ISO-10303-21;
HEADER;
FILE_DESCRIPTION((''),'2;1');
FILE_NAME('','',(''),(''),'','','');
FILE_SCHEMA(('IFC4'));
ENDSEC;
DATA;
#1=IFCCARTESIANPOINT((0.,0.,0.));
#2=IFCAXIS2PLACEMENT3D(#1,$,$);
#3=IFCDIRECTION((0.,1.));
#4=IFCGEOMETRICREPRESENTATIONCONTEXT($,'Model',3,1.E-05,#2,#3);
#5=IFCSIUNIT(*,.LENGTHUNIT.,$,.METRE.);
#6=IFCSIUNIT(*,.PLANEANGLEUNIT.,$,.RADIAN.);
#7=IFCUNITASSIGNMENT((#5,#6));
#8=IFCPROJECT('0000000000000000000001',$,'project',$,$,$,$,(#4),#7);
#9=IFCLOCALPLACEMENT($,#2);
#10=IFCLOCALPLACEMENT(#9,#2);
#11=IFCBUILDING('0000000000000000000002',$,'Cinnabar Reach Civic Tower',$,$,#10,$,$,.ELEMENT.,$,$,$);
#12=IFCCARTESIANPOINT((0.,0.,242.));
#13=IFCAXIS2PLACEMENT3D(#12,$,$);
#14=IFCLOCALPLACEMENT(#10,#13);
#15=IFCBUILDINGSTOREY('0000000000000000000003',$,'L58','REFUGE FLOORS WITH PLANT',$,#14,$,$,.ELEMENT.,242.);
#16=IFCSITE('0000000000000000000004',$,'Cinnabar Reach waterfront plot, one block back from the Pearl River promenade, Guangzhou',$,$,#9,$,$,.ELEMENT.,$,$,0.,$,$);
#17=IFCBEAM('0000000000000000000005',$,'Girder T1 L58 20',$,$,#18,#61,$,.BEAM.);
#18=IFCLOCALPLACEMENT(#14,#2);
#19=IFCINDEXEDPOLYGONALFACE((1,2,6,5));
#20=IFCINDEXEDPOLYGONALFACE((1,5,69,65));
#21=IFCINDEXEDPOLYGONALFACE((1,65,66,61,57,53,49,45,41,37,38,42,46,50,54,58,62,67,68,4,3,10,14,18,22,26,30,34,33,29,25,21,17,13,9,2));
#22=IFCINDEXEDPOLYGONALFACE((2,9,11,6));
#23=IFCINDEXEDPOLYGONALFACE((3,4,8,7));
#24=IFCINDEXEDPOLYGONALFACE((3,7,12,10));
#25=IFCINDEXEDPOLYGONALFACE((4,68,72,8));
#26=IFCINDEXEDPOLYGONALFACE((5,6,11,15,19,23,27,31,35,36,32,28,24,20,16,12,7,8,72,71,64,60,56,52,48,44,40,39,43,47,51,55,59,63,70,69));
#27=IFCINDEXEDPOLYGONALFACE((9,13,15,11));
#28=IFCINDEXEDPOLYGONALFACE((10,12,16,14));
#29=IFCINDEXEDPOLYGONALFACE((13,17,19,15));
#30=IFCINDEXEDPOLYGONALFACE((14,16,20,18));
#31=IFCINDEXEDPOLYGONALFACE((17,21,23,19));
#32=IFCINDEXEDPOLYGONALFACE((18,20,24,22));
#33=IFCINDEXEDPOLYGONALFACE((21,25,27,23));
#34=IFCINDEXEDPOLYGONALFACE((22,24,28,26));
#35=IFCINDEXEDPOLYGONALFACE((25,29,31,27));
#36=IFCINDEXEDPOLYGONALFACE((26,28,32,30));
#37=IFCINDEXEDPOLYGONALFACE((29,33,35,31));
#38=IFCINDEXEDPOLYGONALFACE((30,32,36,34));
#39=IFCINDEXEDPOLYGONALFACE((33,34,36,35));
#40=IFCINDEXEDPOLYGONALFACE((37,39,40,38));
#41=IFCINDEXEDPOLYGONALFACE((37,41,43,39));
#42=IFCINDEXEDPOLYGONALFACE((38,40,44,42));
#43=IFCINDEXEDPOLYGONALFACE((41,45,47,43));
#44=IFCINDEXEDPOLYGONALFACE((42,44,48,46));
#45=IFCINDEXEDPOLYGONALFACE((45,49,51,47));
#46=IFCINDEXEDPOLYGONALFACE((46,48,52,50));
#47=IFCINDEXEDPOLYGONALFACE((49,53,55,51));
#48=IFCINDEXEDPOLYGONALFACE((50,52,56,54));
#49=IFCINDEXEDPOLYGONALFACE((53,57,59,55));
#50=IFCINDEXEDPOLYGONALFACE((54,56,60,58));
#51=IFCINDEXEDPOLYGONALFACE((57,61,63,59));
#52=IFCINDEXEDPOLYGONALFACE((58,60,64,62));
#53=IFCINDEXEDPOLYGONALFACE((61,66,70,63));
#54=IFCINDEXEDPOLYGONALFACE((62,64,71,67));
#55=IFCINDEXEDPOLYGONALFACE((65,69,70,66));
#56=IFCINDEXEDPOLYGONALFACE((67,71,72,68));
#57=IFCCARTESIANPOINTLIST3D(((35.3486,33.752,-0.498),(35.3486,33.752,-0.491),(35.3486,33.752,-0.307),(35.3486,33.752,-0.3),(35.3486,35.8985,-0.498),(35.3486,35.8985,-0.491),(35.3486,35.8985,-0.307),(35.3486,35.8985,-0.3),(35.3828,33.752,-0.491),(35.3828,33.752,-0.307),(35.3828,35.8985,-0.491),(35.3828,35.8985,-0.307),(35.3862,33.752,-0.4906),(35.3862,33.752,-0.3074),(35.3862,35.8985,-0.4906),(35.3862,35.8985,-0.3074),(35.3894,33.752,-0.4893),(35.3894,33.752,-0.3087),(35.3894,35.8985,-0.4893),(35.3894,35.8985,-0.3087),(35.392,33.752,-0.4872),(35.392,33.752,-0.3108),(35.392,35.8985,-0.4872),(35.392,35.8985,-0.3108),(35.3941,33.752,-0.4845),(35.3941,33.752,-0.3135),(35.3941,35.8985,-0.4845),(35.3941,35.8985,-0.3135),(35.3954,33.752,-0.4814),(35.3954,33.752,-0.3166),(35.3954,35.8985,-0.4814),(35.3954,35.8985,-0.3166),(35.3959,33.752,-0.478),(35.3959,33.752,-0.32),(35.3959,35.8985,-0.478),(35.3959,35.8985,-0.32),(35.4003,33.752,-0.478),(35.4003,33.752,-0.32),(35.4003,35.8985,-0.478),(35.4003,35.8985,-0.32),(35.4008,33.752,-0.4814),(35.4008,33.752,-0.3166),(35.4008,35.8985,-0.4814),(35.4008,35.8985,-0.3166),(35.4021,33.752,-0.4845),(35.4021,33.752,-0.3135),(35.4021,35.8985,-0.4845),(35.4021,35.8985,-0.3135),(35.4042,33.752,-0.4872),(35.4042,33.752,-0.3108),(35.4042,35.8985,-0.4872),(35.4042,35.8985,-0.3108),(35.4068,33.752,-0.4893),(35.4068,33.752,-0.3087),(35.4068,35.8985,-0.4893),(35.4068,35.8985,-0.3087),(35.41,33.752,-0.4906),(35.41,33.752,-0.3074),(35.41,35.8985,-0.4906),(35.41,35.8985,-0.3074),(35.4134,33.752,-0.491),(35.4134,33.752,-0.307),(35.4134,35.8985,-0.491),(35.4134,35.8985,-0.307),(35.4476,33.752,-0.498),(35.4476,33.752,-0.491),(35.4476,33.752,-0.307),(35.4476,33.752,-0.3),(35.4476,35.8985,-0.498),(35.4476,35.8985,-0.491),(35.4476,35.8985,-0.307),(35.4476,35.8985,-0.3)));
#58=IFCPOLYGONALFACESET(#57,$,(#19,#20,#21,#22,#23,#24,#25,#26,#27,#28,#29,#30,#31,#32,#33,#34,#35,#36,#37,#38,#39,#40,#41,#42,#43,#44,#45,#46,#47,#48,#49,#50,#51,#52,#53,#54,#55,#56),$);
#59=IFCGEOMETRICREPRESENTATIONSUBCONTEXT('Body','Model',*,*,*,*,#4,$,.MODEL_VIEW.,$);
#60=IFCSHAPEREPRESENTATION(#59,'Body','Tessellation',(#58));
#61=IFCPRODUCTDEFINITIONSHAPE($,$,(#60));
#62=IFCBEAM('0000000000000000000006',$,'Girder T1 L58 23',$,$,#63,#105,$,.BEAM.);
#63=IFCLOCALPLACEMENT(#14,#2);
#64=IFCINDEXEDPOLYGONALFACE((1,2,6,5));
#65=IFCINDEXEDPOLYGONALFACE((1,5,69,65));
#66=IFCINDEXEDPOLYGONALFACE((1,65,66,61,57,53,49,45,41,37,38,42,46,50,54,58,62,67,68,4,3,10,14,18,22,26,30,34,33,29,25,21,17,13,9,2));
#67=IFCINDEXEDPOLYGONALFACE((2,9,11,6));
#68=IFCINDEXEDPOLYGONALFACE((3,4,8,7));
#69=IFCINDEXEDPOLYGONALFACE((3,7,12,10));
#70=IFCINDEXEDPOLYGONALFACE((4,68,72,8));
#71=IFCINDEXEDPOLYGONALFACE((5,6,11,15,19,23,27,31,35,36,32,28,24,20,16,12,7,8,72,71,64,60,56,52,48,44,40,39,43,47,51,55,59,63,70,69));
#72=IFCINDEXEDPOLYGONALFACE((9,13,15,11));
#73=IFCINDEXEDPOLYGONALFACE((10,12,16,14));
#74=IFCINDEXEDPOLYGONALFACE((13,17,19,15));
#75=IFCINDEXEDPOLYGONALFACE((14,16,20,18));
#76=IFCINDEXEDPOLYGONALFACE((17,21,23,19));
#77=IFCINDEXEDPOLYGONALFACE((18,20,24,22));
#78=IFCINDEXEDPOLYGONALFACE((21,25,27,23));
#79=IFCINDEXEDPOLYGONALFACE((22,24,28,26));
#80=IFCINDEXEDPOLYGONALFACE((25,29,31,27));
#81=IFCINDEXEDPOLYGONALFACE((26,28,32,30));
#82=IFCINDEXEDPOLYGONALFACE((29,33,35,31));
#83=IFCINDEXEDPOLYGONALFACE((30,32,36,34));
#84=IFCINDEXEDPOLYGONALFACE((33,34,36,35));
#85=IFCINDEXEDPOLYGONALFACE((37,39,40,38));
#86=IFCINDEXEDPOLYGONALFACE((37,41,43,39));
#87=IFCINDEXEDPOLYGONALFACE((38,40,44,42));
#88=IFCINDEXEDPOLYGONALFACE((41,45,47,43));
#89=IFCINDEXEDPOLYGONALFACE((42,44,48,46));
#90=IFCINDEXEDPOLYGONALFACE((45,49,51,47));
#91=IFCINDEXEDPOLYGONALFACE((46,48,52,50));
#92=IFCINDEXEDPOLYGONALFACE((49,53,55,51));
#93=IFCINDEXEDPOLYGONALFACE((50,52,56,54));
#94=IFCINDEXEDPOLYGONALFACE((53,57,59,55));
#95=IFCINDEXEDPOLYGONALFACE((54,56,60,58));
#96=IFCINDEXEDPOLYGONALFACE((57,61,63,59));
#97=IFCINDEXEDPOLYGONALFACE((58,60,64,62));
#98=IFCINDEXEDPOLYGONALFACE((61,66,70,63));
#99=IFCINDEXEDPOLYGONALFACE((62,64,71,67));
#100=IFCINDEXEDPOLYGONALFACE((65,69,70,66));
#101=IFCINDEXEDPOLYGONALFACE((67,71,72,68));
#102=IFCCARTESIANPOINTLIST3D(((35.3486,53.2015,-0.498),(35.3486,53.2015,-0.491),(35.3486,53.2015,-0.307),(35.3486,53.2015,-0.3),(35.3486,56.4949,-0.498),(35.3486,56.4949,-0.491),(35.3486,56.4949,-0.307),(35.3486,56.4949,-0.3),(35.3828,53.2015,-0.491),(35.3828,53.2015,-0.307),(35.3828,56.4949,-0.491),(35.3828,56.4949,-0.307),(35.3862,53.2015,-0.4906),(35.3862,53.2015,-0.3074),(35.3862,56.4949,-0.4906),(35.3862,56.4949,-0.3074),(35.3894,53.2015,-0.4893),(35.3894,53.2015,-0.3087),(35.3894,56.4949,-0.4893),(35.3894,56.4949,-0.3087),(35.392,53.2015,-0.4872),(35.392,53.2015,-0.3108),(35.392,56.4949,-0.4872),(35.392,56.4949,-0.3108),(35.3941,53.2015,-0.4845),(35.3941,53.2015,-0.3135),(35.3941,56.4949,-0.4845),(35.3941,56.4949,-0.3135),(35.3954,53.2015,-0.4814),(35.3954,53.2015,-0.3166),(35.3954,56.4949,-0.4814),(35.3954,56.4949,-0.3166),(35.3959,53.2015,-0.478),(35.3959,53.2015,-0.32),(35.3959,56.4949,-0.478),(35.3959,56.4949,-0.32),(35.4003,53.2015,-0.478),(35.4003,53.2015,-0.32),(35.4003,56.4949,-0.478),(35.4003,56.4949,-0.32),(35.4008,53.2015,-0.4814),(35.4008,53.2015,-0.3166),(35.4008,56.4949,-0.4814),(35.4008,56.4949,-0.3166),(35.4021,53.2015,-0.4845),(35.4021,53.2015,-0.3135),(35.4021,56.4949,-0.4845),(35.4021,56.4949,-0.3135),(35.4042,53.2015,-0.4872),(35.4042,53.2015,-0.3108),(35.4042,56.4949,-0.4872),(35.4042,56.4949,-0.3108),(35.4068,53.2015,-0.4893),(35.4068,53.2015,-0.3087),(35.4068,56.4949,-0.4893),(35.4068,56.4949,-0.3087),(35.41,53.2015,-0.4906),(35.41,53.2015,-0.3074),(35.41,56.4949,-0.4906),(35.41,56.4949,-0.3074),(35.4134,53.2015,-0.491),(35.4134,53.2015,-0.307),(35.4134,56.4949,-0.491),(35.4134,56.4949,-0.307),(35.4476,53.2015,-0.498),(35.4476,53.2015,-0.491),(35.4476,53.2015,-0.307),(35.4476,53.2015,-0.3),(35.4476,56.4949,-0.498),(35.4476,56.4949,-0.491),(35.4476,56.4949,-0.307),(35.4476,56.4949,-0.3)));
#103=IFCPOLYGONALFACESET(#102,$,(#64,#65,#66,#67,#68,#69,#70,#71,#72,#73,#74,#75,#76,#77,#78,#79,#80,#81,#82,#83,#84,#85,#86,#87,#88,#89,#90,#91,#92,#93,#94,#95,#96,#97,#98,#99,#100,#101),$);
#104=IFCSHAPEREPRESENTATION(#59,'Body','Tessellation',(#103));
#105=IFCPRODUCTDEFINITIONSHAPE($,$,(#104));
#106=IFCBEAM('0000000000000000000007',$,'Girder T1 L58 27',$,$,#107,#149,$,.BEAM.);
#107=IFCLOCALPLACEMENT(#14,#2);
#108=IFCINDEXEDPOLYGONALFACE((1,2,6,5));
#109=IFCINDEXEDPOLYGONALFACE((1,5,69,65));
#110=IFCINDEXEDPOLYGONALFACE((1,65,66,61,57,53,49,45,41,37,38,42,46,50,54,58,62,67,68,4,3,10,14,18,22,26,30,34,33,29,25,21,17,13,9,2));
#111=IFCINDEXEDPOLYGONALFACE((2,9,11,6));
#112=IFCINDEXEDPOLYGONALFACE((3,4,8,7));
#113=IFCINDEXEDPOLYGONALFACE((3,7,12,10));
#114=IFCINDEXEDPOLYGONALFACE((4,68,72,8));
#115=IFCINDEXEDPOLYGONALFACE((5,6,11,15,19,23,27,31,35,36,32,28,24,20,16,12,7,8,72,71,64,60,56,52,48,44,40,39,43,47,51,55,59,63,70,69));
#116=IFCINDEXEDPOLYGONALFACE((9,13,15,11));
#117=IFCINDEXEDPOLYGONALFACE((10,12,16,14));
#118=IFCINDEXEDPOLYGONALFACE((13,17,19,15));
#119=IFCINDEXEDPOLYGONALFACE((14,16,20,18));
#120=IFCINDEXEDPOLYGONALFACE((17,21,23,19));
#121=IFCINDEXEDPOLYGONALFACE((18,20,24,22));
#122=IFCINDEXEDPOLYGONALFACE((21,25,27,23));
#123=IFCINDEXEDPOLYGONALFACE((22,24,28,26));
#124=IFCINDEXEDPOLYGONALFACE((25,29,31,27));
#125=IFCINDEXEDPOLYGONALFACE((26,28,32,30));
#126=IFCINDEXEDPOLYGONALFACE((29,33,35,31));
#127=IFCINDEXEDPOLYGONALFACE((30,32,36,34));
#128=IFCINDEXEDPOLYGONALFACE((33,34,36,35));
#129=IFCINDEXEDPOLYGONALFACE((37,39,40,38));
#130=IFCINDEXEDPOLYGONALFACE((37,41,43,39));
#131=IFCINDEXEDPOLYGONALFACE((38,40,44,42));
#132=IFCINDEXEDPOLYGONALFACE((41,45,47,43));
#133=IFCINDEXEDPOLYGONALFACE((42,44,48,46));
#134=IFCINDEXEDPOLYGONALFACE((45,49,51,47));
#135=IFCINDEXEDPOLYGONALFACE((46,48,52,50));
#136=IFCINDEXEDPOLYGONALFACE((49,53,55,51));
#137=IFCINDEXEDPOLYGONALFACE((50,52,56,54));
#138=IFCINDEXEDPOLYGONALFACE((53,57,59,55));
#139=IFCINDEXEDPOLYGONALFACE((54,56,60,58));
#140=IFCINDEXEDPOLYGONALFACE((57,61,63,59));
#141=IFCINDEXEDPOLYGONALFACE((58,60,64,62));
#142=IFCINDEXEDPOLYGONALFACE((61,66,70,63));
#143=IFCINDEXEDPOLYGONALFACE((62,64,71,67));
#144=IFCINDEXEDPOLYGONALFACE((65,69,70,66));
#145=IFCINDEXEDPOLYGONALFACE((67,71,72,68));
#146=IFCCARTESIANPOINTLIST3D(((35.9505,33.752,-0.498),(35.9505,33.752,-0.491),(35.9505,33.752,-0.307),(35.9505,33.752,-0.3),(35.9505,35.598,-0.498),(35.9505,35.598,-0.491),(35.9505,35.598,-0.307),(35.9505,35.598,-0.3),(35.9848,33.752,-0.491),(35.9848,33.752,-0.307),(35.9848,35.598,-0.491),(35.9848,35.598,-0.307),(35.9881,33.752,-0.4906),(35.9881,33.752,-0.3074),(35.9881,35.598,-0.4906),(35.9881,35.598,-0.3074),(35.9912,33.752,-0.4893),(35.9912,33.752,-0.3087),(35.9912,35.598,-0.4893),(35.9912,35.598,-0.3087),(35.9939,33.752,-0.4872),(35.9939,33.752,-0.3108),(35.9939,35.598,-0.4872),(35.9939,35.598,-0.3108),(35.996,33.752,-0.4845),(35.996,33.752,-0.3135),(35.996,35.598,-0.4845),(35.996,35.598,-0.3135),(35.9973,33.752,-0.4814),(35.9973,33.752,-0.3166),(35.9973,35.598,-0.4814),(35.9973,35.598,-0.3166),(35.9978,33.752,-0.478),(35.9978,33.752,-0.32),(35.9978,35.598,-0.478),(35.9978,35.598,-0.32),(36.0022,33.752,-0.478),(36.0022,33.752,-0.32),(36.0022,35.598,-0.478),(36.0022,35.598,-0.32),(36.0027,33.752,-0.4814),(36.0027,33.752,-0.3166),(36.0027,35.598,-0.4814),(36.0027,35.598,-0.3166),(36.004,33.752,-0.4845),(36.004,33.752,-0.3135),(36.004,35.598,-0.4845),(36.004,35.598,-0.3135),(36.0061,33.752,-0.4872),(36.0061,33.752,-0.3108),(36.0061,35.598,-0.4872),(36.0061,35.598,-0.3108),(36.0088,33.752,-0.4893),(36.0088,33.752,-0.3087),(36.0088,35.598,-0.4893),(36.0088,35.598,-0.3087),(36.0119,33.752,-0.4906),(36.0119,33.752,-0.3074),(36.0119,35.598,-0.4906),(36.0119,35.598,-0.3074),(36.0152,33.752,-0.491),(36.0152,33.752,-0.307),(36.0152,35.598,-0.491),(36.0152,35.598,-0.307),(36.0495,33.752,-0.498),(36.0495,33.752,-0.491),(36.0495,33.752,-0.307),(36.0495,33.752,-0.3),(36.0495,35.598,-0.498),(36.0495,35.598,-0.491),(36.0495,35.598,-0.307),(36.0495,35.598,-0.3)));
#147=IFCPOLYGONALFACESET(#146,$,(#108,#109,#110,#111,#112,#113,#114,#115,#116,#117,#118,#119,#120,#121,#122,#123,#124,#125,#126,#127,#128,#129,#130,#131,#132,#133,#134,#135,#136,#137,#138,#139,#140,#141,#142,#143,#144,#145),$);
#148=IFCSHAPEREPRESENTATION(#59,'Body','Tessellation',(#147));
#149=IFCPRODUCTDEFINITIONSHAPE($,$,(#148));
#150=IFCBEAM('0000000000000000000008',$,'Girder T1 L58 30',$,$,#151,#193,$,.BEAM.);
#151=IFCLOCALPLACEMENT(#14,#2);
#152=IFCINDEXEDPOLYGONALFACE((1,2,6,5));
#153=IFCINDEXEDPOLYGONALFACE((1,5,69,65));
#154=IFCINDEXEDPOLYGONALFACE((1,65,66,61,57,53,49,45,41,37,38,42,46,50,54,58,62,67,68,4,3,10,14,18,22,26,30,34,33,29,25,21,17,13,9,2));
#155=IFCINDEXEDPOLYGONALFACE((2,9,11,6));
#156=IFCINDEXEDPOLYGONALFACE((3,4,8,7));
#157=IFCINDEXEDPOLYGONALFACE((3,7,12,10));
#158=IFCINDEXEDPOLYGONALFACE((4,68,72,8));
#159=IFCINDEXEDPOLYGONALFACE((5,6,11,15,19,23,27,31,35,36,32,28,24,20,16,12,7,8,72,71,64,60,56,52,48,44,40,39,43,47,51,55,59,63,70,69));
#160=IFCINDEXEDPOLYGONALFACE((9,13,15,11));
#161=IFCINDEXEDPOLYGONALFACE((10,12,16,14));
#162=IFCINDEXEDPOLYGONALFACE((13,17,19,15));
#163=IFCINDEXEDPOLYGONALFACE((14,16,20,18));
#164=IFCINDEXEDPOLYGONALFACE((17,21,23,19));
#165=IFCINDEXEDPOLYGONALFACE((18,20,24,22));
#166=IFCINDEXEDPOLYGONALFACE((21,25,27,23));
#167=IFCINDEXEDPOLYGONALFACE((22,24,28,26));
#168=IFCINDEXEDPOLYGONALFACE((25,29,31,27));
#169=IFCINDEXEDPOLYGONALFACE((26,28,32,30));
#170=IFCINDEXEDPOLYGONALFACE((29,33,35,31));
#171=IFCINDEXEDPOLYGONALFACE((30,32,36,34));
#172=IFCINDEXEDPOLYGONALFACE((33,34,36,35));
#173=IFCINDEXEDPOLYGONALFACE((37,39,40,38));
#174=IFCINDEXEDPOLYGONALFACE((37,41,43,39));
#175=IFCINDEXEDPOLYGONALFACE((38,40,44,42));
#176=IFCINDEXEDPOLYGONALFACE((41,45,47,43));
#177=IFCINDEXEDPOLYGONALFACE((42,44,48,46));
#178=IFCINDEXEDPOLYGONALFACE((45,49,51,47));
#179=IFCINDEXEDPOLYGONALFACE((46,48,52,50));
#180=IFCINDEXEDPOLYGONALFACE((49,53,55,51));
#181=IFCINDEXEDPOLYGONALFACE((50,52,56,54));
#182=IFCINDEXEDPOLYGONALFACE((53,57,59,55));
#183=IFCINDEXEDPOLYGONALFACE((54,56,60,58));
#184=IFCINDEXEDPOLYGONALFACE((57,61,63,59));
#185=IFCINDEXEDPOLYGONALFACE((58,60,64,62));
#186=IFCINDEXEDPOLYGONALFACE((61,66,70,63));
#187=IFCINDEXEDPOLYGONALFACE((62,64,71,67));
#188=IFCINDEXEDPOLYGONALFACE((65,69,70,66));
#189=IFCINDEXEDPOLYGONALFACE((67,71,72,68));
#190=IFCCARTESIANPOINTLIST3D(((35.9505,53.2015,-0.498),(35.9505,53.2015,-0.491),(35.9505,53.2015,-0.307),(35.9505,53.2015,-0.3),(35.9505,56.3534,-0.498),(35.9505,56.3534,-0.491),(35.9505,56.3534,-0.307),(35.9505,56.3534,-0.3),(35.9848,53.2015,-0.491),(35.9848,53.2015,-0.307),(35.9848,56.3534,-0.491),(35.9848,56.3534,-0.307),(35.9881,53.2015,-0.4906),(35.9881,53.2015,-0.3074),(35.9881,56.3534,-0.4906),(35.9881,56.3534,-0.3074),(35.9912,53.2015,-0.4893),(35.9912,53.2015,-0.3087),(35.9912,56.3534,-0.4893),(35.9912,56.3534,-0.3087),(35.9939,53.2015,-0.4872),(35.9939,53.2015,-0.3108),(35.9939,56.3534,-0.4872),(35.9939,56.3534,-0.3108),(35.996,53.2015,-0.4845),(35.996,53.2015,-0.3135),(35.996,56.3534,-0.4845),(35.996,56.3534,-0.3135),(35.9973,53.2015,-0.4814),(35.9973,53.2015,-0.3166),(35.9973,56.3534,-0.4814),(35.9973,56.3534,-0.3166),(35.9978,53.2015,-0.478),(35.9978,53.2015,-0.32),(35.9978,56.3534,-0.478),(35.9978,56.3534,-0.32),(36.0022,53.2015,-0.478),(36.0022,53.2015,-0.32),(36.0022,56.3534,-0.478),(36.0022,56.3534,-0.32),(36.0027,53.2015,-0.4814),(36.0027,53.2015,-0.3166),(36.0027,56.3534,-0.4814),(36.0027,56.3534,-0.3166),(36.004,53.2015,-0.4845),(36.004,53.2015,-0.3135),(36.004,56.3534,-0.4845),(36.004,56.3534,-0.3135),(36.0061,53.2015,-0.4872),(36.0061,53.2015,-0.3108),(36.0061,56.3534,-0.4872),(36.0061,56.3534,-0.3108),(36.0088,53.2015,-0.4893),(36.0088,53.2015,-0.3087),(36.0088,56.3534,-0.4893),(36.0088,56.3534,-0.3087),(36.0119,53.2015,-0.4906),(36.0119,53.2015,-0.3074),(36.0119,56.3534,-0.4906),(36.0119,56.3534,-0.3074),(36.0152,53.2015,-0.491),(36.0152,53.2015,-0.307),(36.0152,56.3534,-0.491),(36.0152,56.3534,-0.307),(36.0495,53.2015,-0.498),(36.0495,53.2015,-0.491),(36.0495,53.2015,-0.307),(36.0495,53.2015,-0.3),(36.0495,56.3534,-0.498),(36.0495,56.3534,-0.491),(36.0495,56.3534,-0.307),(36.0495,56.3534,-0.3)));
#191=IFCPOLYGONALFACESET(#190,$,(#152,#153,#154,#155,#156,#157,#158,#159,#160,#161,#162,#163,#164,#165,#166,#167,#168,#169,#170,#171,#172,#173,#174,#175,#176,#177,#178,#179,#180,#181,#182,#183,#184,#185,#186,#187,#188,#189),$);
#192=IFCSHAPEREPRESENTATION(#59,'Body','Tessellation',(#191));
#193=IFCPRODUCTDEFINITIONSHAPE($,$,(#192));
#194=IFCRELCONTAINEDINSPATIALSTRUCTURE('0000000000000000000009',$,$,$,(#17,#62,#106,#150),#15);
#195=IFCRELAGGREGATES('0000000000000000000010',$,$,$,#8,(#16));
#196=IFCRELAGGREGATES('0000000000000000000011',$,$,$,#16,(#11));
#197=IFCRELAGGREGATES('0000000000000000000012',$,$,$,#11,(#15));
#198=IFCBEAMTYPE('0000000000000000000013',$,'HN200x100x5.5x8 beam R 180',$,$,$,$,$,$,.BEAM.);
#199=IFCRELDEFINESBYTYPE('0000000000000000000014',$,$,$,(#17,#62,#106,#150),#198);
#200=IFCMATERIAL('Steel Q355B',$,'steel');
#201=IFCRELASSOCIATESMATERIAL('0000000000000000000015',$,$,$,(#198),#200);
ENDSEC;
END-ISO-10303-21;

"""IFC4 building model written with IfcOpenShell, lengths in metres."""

from ifc_helpers import new_model, si_unit, direction, frame, origin, origin_2d, place, context, subcontext, project, spatial, i_section, extrude, material, material_profile, profile_set, type_object, element, save


model = new_model("IFC4")

# Units and contexts
model_context = context("Model", 3, precision=1e-05, world=origin(), true_north=direction((0.0, 1.0)))
body_context = subcontext(model_context, "Body", "Model", "MODEL_VIEW")
ifc_project = project(units=[si_unit("LENGTHUNIT", "METRE"), si_unit("PLANEANGLEUNIT", "RADIAN")], contexts=[model_context])

# Site, building, storey
site_placement = place(None, origin())
site = spatial("IfcSite", under=ifc_project, at=site_placement, Name="Cinnabar Reach waterfront plot, one block back from the Pearl River promenade, Guangzhou", CompositionType="ELEMENT", RefElevation=0.0)
building_placement = place(site_placement, origin())
building = spatial("IfcBuilding", under=site, at=building_placement, Name="Cinnabar Reach Civic Tower", CompositionType="ELEMENT")
storey_placement = place(building_placement, frame((0.0, 0.0, 242.0)))
storey = spatial("IfcBuildingStorey", under=building, at=storey_placement, Name="L58", Description="REFUGE FLOORS WITH PLANT", CompositionType="ELEMENT", Elevation=242.0)

# Beams
ifc_material_1 = material(Name="Steel Q355B", Category="steel")
ifc_material_profile_1 = material_profile(ifc_material_1, i_section(OverallWidth=0.099, OverallDepth=0.198, WebThickness=0.0045, FlangeThickness=0.007, FilletRadius=0.013, at=origin_2d()), Name="HN200x100x5.5x8")
ifc_profile_set_1 = profile_set([ifc_material_profile_1], Name="Steel Q355B")
beam_type_1 = type_object("IfcBeamType", Name="HN200x100x5.5x8 beam R 180", PredefinedType="BEAM", material=ifc_profile_set_1)
beam_1_placement = place(storey_placement, frame((35.3981, 33.752, -0.399), z_axis=(0.0, 1.0, 0.0), x_axis=(-1.0, 0.0, 0.0)))
element("IfcBeam", 1, at=beam_1_placement, inside=storey, type_object=beam_type_1, Name="Girder T1 L58 20", PredefinedType="BEAM", context=body_context, shape_type="SweptSolid", body=[
    extrude(i_section(OverallWidth=0.099, OverallDepth=0.198, WebThickness=0.0045, FlangeThickness=0.007, FilletRadius=0.013, at=origin_2d()), origin(), (0.0, 0.0, 1.0), 2.1465),
])
beam_2_placement = place(storey_placement, frame((35.3981, 53.2015, -0.399), z_axis=(0.0, 1.0, 0.0), x_axis=(-1.0, 0.0, 0.0)))
element("IfcBeam", 2, at=beam_2_placement, inside=storey, type_object=beam_type_1, Name="Girder T1 L58 23", PredefinedType="BEAM", context=body_context, shape_type="SweptSolid", body=[
    extrude(i_section(OverallWidth=0.099, OverallDepth=0.198, WebThickness=0.0045, FlangeThickness=0.007, FilletRadius=0.013, at=origin_2d()), origin(), (0.0, 0.0, 1.0), 3.2934),
])
beam_3_placement = place(storey_placement, frame((36.0, 33.752, -0.399), z_axis=(0.0, 1.0, 0.0), x_axis=(-1.0, 0.0, 0.0)))
element("IfcBeam", 3, at=beam_3_placement, inside=storey, type_object=beam_type_1, Name="Girder T1 L58 27", PredefinedType="BEAM", context=body_context, shape_type="SweptSolid", body=[
    extrude(i_section(OverallWidth=0.099, OverallDepth=0.198, WebThickness=0.0045, FlangeThickness=0.007, FilletRadius=0.013, at=origin_2d()), origin(), (0.0, 0.0, 1.0), 1.846),
])
beam_4_placement = place(storey_placement, frame((36.0, 53.2015, -0.399), z_axis=(0.0, 1.0, 0.0), x_axis=(-1.0, 0.0, 0.0)))
element("IfcBeam", 4, at=beam_4_placement, inside=storey, type_object=beam_type_1, Name="Girder T1 L58 30", PredefinedType="BEAM", context=body_context, shape_type="SweptSolid", body=[
    extrude(i_section(OverallWidth=0.099, OverallDepth=0.198, WebThickness=0.0045, FlangeThickness=0.007, FilletRadius=0.013, at=origin_2d()), origin(), (0.0, 0.0, 1.0), 3.1519),
])

save(model, "model.ifc")
